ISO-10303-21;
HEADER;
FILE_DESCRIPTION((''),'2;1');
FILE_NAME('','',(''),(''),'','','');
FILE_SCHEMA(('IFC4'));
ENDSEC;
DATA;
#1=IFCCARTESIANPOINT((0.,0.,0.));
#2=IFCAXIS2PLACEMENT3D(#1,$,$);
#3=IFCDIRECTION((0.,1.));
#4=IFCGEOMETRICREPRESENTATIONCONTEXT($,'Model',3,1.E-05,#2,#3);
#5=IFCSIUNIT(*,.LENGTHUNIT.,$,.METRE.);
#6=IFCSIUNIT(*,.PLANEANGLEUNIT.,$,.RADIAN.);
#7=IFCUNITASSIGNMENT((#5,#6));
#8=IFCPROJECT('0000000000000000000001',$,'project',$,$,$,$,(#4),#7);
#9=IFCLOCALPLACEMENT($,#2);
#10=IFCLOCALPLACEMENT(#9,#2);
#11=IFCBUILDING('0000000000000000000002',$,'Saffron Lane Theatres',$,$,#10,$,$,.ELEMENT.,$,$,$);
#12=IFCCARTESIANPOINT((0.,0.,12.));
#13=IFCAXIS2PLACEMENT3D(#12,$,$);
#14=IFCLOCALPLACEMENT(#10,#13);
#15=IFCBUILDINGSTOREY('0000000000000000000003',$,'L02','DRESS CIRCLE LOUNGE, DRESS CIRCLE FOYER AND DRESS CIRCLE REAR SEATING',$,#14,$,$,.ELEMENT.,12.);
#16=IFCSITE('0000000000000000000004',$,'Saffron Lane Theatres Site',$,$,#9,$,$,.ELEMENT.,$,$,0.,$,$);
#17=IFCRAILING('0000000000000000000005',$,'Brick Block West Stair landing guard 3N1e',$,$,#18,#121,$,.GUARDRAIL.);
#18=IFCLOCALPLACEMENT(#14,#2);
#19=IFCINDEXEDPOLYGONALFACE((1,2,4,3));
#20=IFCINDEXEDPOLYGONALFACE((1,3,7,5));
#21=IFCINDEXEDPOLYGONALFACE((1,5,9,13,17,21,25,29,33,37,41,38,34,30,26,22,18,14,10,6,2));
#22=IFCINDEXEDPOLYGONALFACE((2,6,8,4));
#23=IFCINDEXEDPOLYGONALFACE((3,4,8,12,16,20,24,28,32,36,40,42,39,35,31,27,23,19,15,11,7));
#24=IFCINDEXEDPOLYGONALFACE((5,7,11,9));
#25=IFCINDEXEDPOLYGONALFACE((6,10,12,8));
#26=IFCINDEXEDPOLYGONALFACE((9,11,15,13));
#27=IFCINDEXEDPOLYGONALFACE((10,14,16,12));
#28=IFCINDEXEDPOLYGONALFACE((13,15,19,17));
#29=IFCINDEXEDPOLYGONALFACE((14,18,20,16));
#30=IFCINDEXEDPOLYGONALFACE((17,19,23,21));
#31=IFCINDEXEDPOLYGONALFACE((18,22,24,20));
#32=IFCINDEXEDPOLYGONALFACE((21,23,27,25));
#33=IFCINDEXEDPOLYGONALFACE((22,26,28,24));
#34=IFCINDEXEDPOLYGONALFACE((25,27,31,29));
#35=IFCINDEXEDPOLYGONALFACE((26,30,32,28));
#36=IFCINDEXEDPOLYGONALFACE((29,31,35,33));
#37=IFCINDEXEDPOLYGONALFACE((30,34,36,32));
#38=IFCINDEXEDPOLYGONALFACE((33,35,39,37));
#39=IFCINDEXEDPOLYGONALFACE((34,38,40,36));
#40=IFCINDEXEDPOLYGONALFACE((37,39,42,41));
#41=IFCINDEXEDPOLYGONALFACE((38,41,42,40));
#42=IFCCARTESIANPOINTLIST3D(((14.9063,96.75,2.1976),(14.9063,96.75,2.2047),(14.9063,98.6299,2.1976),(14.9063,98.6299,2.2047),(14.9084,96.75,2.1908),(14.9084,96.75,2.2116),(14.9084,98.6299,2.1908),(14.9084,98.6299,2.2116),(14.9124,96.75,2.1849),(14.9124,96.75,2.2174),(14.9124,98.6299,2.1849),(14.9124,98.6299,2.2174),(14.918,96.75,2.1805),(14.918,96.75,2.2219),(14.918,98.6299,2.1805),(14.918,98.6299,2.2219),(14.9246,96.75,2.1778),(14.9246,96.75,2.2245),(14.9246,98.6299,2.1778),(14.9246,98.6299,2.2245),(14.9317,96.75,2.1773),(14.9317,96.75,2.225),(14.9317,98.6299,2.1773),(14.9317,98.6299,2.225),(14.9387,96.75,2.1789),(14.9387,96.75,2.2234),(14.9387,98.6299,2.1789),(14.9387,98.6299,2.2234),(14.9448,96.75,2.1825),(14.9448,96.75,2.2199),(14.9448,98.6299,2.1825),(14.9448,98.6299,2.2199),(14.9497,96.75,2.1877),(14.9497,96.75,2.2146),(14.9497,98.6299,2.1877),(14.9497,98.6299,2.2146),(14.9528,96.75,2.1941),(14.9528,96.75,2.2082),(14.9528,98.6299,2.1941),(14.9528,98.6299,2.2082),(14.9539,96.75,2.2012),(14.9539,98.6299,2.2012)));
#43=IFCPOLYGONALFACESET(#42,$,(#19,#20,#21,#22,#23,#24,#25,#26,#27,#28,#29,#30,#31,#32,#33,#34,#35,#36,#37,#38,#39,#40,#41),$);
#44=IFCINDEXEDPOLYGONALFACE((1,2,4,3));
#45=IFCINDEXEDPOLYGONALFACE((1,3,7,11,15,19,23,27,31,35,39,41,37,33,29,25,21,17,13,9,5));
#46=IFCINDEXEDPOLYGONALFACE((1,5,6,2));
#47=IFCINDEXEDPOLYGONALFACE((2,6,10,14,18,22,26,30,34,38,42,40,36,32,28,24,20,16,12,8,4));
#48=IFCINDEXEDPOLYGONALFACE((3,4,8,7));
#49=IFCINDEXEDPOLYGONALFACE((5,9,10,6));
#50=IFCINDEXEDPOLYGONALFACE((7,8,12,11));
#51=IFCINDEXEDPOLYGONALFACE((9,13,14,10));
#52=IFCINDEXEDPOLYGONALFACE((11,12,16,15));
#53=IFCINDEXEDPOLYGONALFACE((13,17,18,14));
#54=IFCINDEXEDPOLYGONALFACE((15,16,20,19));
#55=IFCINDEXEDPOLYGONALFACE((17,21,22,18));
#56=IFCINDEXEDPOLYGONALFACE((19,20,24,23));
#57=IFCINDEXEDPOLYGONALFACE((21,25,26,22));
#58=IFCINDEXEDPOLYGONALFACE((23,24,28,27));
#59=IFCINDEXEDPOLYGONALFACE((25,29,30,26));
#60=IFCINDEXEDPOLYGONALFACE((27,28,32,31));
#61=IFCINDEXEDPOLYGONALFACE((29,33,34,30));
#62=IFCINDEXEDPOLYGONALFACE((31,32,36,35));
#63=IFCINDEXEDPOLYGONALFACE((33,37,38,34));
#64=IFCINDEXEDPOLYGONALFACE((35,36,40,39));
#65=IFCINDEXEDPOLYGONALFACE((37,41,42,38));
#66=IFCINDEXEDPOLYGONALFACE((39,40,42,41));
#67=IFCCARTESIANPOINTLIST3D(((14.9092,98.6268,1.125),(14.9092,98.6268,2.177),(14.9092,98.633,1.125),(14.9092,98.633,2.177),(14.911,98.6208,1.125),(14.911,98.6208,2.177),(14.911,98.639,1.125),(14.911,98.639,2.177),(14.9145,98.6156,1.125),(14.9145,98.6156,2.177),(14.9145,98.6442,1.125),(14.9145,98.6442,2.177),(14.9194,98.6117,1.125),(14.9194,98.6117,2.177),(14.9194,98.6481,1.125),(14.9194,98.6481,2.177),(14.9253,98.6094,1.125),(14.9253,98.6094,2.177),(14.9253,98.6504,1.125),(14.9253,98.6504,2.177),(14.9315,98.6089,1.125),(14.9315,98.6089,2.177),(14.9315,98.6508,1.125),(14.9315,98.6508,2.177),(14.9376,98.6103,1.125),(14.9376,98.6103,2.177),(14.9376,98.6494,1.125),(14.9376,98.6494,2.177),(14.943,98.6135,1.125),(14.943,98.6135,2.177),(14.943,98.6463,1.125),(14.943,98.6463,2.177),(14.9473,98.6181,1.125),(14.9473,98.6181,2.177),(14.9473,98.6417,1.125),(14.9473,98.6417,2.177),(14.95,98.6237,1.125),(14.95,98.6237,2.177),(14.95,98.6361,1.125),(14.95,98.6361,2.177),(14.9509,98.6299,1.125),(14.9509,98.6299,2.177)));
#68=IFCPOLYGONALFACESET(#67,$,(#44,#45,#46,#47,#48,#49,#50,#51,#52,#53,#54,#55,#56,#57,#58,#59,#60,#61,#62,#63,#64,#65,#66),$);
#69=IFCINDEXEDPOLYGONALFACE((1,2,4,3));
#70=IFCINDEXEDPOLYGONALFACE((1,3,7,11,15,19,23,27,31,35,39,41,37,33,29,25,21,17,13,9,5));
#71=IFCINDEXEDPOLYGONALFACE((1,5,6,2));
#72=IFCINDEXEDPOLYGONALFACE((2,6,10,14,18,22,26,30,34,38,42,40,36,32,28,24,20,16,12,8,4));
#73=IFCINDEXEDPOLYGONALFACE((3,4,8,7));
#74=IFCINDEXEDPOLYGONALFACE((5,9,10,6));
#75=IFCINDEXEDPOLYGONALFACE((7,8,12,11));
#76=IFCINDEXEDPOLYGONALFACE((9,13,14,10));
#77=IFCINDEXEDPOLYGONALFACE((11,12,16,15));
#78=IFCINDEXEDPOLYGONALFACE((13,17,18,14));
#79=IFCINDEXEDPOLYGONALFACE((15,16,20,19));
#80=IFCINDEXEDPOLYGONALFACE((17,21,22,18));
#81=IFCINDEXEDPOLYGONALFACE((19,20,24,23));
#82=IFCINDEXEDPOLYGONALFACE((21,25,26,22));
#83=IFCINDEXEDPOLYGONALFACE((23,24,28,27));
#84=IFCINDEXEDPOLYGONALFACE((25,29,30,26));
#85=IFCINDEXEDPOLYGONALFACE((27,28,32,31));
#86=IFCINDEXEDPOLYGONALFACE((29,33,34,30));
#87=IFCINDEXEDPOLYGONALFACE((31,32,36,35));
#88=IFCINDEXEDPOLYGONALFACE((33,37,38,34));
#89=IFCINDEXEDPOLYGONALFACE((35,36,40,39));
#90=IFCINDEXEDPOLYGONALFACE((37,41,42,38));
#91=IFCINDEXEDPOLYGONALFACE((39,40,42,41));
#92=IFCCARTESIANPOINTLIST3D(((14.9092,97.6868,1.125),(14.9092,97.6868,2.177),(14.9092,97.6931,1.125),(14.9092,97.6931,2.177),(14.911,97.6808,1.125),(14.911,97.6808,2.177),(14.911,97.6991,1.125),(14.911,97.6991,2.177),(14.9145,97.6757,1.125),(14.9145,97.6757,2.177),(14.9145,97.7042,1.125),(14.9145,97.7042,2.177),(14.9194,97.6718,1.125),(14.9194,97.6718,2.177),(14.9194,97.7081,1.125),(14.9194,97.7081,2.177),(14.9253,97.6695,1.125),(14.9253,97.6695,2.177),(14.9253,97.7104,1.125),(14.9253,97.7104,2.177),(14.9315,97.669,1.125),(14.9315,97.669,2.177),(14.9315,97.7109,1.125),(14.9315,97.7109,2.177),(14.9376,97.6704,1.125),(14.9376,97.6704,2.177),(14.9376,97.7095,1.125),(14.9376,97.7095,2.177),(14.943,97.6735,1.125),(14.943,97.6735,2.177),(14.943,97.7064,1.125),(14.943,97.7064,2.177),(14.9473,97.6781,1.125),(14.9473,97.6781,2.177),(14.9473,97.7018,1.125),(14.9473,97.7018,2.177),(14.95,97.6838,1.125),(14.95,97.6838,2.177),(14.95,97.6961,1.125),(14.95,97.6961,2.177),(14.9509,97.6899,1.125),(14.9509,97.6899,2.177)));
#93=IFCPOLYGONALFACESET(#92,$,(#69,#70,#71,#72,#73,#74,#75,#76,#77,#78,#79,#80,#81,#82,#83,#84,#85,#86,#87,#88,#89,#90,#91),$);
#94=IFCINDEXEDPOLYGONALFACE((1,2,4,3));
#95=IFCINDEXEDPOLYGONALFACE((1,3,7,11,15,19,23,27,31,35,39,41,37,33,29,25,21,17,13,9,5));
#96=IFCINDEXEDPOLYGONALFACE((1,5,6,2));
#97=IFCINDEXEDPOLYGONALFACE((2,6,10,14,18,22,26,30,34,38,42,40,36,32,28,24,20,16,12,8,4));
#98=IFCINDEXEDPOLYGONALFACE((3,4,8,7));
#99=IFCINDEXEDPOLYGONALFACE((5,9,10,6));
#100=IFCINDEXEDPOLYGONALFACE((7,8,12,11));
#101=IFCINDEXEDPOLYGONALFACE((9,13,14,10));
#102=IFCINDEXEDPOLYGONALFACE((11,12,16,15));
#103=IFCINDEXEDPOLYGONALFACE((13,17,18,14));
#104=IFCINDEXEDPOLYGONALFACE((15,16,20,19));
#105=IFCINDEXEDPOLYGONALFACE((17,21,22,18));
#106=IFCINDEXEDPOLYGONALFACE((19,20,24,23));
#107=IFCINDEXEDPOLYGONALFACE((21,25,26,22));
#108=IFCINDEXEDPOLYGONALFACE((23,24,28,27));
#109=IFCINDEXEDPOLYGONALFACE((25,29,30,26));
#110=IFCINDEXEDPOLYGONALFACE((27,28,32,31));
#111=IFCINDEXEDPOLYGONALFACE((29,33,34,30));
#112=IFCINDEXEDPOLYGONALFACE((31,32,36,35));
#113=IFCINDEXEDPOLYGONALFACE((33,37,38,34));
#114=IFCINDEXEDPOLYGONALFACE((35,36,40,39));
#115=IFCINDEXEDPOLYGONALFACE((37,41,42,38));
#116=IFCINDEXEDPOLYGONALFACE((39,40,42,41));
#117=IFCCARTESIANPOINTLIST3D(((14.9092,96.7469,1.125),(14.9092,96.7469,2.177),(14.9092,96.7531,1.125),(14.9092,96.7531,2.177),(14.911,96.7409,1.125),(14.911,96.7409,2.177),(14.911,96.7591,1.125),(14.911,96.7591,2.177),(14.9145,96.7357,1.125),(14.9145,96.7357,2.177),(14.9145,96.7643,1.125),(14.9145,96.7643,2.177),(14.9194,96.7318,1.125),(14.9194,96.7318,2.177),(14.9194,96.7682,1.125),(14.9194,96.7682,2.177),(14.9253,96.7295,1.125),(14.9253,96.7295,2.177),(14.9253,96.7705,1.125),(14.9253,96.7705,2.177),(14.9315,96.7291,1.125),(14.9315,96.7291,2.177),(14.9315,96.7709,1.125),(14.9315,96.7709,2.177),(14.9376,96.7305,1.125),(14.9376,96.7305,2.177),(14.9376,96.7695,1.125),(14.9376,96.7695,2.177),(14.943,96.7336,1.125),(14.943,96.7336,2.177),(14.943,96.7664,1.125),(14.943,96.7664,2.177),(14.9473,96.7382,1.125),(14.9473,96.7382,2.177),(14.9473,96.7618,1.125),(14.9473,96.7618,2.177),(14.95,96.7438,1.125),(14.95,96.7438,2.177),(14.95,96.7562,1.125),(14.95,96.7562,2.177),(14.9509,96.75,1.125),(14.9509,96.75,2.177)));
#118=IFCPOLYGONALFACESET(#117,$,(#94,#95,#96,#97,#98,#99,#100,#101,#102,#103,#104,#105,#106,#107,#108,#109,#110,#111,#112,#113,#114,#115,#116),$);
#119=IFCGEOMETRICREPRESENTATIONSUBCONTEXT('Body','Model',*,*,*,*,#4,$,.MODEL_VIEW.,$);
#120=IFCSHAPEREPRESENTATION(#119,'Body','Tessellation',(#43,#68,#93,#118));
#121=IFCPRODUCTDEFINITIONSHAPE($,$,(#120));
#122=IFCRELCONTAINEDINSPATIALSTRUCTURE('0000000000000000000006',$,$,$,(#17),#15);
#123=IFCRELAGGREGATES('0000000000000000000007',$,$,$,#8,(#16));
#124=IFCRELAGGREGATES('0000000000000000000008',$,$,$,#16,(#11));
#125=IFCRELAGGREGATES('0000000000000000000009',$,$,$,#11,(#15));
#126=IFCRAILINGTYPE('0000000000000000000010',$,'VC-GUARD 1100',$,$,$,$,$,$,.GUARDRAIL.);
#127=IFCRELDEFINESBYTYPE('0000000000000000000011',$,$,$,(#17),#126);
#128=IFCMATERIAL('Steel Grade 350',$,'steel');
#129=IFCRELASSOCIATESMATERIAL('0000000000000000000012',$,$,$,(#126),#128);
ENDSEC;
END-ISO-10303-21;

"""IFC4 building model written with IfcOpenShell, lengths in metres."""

from ifc_helpers import new_model, si_unit, direction, frame, origin, origin_2d, place, context, subcontext, project, spatial, circle, extrude, material, type_object, element, save


model = new_model("IFC4")

# Units and contexts
model_context = context("Model", 3, precision=1e-05, world=origin(), true_north=direction((0.0, 1.0)))
body_context = subcontext(model_context, "Body", "Model", "MODEL_VIEW")
ifc_project = project(units=[si_unit("LENGTHUNIT", "METRE"), si_unit("PLANEANGLEUNIT", "RADIAN")], contexts=[model_context])

# Site, building, storey
site_placement = place(None, origin())
site = spatial("IfcSite", under=ifc_project, at=site_placement, Name="Saffron Lane Theatres Site", CompositionType="ELEMENT", RefElevation=0.0)
building_placement = place(site_placement, origin())
building = spatial("IfcBuilding", under=site, at=building_placement, Name="Saffron Lane Theatres", CompositionType="ELEMENT")
storey_placement = place(building_placement, frame((0.0, 0.0, 12.0)))
storey = spatial("IfcBuildingStorey", under=building, at=storey_placement, Name="L02", Description="DRESS CIRCLE LOUNGE, DRESS CIRCLE FOYER AND DRESS CIRCLE REAR SEATING", CompositionType="ELEMENT", Elevation=12.0)

# Railing
ifc_material_1 = material(Name="Steel Grade 350", Category="steel")
railing_type_1 = type_object("IfcRailingType", Name="VC-GUARD 1100", PredefinedType="GUARDRAIL", material=ifc_material_1)
railing_1_placement = place(storey_placement, frame((14.9299, 98.6299, 1.125)))
element("IfcRailing", 1, at=railing_1_placement, inside=storey, type_object=railing_type_1, Name="Brick Block West Stair landing guard 3N1e", PredefinedType="GUARDRAIL", context=body_context, shape_type="SweptSolid", body=[
    extrude(circle(Radius=0.0239, at=origin_2d()), frame((0.0, 0.0, 1.0762), z_axis=(0.0, -1.0, 0.0), x_axis=(1.0, 0.0, 0.0)), (0.0, 0.0, 1.0), 1.8799),
    extrude(circle(Radius=0.021, at=origin_2d()), origin(), (0.0, 0.0, 1.0), 1.052),
    extrude(circle(Radius=0.021, at=origin_2d()), frame((0.0, -0.9399, 0.0)), (0.0, 0.0, 1.0), 1.052),
    extrude(circle(Radius=0.021, at=origin_2d()), frame((0.0, -1.8799, 0.0)), (0.0, 0.0, 1.0), 1.052),
])

save(model, "model.ifc")
